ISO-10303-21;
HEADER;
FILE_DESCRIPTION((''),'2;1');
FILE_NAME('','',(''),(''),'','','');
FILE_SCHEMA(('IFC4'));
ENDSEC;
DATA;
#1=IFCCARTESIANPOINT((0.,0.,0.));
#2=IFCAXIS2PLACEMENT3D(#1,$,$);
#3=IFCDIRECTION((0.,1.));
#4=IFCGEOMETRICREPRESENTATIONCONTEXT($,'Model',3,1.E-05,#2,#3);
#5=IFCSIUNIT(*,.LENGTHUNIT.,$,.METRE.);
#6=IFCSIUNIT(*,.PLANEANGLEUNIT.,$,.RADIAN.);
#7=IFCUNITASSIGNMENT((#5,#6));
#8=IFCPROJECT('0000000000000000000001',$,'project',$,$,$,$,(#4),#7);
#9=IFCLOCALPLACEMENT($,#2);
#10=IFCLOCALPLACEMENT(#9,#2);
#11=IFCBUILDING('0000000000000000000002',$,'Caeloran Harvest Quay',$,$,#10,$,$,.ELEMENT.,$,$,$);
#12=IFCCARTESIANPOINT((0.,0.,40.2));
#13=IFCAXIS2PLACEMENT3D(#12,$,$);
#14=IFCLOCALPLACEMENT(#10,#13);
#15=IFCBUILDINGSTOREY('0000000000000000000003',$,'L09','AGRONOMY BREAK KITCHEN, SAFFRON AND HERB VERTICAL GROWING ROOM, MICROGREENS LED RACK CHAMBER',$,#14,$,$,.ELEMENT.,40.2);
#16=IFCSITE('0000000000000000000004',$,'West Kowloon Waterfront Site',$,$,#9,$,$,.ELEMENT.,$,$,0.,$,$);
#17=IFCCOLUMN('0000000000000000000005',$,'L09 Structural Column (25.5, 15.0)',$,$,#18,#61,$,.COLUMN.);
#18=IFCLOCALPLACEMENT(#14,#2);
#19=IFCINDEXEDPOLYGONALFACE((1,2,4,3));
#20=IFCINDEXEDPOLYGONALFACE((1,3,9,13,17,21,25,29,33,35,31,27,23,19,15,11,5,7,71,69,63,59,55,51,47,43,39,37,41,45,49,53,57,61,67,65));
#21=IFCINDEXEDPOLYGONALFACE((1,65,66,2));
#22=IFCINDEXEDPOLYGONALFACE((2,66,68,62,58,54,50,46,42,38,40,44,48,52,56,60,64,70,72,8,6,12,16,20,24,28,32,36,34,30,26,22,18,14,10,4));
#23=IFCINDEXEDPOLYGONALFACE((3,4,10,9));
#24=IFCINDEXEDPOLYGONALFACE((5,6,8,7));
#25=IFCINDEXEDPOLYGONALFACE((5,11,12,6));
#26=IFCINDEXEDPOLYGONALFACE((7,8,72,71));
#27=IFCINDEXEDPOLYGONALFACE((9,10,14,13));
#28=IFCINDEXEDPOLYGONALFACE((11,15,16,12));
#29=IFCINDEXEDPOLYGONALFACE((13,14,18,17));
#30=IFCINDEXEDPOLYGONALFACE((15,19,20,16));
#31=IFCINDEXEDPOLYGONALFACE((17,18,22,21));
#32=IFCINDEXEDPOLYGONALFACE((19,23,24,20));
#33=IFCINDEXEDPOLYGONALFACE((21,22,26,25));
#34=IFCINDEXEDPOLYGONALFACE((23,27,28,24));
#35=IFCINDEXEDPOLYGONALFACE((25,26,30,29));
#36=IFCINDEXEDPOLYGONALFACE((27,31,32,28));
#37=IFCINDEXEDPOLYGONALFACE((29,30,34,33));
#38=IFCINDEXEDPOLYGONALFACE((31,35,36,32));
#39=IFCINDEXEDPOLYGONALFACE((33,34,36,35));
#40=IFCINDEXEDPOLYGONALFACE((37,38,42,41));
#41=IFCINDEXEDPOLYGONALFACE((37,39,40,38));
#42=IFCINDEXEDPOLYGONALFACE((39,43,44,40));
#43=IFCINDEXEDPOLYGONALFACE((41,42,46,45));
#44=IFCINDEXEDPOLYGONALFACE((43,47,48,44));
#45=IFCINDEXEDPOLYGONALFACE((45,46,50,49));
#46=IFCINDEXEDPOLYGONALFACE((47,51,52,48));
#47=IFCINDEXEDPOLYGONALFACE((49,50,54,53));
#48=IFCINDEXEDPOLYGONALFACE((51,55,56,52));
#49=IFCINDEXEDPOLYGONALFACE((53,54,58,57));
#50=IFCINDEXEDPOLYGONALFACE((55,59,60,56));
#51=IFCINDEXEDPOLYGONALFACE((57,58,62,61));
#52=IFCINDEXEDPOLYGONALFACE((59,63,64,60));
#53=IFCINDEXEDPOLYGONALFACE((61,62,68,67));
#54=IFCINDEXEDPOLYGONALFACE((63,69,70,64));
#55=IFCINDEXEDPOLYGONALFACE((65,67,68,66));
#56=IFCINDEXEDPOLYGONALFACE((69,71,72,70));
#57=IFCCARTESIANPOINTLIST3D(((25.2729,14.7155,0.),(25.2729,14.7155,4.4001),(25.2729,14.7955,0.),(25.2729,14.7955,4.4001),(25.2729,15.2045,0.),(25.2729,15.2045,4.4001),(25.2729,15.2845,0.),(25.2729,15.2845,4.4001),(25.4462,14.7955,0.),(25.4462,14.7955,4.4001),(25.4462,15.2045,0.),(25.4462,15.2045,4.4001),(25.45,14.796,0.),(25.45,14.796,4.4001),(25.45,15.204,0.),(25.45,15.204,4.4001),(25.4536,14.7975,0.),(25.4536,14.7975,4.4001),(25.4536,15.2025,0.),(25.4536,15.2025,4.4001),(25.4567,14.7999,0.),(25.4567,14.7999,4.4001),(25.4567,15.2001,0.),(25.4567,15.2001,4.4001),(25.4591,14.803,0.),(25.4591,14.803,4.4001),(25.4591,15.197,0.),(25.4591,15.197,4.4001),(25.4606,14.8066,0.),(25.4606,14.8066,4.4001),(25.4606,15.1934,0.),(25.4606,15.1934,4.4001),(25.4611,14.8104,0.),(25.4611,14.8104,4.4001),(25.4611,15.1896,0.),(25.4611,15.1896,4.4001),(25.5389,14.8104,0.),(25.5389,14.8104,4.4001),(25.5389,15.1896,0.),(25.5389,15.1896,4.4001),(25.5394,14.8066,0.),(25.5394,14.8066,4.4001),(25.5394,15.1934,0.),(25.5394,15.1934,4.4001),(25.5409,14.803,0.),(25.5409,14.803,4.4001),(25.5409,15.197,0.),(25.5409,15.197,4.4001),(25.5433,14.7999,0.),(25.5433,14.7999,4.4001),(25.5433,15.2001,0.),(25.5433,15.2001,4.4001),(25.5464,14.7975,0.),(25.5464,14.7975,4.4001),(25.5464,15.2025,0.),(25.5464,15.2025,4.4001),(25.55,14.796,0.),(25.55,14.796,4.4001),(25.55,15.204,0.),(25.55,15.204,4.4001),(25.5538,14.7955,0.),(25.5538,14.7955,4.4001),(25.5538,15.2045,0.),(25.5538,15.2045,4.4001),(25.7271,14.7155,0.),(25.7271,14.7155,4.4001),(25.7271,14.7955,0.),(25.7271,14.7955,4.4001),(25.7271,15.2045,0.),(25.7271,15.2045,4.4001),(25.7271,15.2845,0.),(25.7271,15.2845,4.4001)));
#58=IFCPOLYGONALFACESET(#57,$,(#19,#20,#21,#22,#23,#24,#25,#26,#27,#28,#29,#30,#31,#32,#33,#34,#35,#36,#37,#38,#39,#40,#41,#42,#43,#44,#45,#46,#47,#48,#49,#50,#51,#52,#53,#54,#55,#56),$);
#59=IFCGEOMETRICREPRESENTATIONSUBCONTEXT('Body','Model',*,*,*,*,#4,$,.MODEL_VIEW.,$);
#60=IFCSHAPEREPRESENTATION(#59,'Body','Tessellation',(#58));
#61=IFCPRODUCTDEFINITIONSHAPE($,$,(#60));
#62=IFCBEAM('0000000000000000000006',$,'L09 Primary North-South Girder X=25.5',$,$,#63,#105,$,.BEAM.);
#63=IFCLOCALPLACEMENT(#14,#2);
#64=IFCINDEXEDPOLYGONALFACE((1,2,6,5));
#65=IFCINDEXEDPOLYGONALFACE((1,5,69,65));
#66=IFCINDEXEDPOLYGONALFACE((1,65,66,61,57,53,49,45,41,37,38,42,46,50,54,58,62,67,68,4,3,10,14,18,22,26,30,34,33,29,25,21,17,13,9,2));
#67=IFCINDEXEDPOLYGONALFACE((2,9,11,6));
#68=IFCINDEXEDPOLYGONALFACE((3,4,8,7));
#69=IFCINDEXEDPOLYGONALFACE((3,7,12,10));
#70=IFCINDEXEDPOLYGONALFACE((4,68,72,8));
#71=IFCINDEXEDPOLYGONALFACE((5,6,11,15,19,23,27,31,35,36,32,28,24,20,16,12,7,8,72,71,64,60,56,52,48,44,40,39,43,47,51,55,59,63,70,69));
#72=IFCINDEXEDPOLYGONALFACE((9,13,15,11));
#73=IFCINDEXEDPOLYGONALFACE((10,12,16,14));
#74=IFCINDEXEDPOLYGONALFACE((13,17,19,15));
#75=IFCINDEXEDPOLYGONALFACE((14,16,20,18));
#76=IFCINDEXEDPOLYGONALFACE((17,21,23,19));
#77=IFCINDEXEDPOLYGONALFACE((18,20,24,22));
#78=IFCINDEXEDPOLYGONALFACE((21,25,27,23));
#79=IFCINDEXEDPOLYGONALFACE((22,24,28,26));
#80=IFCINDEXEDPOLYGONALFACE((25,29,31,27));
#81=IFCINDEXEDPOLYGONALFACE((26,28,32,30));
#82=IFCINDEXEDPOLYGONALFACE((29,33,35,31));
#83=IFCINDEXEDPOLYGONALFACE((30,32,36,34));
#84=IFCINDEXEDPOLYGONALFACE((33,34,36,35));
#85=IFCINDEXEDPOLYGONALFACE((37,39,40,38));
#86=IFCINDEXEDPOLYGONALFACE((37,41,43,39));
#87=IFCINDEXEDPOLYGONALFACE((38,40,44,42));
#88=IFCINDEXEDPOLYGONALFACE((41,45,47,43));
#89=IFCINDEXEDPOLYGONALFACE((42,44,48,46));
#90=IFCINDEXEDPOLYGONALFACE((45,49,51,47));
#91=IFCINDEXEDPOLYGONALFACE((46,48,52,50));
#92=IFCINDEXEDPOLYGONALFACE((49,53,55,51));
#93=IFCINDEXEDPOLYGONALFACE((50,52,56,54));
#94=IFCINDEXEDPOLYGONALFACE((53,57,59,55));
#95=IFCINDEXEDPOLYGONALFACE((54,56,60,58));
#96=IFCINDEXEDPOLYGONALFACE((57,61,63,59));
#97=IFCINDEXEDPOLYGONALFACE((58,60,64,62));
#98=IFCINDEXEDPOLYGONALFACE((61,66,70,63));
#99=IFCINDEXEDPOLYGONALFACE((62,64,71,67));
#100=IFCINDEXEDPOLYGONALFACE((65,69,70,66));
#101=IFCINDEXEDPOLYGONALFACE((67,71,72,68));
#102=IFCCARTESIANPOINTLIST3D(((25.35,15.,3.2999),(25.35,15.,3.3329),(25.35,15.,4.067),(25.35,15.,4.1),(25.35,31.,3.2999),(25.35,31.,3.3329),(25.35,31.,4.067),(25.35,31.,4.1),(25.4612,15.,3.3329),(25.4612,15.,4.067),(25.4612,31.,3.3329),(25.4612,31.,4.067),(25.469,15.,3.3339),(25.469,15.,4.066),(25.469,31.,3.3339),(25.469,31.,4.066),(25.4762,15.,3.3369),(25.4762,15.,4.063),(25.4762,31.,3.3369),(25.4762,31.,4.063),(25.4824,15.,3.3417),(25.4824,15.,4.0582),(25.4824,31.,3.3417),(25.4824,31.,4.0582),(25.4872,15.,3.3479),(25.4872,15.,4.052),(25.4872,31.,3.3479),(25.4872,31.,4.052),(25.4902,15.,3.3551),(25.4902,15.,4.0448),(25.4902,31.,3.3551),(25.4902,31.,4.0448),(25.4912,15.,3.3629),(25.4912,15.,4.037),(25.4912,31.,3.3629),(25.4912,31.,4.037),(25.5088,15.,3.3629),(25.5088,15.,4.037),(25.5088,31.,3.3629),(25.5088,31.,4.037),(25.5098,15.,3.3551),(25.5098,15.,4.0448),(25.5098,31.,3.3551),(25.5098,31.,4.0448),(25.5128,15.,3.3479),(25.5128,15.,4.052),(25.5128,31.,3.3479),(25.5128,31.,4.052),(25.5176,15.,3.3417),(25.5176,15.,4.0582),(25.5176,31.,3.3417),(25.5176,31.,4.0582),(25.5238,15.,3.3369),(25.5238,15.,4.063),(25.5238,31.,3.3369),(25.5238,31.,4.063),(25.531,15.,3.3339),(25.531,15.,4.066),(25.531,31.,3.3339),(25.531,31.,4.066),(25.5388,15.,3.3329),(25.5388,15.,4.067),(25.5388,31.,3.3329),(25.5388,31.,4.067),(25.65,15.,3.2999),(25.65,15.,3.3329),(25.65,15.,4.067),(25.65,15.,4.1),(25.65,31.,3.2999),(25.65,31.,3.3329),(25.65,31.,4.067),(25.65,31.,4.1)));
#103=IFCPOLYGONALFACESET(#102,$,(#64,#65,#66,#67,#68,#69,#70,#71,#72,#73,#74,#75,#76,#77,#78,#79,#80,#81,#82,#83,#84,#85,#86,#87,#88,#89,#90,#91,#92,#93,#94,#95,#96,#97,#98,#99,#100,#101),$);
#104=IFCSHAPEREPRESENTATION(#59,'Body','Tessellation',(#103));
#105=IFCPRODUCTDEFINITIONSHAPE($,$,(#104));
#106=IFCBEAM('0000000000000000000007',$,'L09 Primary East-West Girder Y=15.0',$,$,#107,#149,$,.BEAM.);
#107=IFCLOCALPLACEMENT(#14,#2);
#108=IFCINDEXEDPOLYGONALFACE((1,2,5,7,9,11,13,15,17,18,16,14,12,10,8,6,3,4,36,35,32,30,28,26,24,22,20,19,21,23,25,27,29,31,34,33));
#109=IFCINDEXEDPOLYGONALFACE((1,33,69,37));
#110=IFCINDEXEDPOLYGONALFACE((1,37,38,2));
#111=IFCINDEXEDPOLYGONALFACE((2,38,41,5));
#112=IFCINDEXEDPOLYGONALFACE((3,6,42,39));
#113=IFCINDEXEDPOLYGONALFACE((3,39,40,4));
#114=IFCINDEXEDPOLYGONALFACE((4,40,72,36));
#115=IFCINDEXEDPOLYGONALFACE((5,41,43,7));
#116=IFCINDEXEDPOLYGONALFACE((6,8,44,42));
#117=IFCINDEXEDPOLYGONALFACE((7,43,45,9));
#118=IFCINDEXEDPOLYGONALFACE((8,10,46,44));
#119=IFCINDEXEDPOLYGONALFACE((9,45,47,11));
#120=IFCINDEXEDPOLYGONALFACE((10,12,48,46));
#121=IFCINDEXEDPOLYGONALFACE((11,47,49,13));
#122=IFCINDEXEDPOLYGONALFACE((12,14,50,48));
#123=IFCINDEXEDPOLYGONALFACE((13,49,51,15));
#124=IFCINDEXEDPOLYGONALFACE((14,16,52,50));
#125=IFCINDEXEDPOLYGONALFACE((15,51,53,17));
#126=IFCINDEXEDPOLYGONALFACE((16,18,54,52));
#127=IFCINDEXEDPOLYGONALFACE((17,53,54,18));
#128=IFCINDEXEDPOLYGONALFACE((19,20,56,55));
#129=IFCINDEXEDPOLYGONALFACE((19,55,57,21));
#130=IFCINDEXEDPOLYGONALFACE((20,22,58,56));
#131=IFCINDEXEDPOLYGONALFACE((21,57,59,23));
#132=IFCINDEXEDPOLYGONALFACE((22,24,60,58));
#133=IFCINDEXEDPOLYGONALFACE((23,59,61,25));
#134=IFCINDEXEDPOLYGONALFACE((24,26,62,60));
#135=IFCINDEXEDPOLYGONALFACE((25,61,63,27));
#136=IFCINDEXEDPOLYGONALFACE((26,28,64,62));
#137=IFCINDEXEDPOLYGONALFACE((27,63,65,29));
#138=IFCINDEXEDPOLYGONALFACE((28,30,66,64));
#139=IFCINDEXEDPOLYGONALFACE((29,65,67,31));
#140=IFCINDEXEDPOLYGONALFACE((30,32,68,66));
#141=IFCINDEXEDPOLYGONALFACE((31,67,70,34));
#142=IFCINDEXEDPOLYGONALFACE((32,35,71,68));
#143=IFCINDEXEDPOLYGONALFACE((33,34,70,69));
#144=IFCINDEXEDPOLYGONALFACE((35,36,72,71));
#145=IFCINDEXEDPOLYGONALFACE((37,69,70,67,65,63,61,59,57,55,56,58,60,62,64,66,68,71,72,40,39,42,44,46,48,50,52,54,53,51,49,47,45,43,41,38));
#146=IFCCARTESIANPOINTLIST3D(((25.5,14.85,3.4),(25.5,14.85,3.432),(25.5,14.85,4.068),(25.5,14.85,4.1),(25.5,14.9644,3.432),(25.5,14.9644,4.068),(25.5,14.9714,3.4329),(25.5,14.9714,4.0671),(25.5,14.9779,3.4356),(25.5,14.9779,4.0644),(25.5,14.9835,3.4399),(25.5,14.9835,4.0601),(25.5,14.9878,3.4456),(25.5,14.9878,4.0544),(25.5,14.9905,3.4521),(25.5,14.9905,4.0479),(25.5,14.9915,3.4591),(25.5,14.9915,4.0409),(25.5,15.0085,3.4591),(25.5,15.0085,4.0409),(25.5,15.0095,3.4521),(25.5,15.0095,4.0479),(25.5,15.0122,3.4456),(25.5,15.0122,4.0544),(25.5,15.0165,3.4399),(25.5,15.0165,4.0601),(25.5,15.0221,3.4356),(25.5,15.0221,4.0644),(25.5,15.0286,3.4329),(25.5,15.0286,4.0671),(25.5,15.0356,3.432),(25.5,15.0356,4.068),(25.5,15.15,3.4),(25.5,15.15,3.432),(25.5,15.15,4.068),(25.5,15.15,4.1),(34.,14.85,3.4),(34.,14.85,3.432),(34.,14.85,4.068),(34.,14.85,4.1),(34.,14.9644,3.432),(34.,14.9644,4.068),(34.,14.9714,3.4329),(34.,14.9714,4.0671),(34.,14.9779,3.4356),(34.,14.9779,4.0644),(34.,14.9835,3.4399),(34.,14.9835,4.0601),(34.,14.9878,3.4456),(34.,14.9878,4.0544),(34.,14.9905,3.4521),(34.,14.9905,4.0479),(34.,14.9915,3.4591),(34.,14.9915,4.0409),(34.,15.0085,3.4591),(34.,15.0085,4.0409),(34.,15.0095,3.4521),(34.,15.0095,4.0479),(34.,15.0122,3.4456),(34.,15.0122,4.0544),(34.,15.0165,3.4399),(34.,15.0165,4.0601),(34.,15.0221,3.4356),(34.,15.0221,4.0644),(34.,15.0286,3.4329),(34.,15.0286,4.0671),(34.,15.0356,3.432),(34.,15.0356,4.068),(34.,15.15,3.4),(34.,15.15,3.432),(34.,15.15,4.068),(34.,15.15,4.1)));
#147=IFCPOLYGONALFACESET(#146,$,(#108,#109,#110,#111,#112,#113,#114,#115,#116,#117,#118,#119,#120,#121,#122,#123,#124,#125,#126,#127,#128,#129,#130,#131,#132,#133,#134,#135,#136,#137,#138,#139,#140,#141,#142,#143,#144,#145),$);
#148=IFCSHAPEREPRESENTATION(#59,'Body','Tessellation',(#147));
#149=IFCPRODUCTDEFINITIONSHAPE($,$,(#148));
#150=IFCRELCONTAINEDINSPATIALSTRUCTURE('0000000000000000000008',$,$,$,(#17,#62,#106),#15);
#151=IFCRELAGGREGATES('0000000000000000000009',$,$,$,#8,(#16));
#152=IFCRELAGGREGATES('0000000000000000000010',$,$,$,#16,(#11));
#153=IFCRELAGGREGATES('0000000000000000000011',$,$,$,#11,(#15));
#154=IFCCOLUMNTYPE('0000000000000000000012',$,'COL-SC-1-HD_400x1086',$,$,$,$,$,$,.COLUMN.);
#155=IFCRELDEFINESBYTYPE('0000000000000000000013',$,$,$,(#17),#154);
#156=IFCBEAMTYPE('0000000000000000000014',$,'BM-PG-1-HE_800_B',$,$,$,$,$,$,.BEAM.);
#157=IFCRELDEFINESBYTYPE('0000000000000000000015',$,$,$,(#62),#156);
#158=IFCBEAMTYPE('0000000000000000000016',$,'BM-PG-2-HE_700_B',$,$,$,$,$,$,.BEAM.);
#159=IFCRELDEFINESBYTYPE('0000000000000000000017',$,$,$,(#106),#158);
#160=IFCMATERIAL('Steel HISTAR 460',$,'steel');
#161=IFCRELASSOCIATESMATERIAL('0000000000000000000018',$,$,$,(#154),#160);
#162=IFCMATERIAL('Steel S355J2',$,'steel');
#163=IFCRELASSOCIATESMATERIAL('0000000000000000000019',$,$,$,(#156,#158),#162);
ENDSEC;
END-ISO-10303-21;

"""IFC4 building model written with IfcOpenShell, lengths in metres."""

from ifc_helpers import new_model, si_unit, direction, frame, origin, origin_2d, place, context, subcontext, project, spatial, i_section, extrude, material, material_profile, profile_set, type_object, element, save


model = new_model("IFC4")

# Units and contexts
model_context = context("Model", 3, precision=1e-05, world=origin(), true_north=direction((0.0, 1.0)))
body_context = subcontext(model_context, "Body", "Model", "MODEL_VIEW")
ifc_project = project(units=[si_unit("LENGTHUNIT", "METRE"), si_unit("PLANEANGLEUNIT", "RADIAN")], contexts=[model_context])

# Site, building, storey
site_placement = place(None, origin())
site = spatial("IfcSite", under=ifc_project, at=site_placement, Name="West Kowloon Waterfront Site", CompositionType="ELEMENT", RefElevation=0.0)
building_placement = place(site_placement, origin())
building = spatial("IfcBuilding", under=site, at=building_placement, Name="Caeloran Harvest Quay", CompositionType="ELEMENT")
storey_placement = place(building_placement, frame((0.0, 0.0, 40.2)))
storey = spatial("IfcBuildingStorey", under=building, at=storey_placement, Name="L09", Description="AGRONOMY BREAK KITCHEN, SAFFRON AND HERB VERTICAL GROWING ROOM, MICROGREENS LED RACK CHAMBER", CompositionType="ELEMENT", Elevation=40.2)

# Column
ifc_material_1 = material(Name="Steel HISTAR 460", Category="steel")
ifc_material_profile_1 = material_profile(ifc_material_1, i_section(OverallWidth=0.4541, OverallDepth=0.5691, WebThickness=0.0779, FlangeThickness=0.0801, FilletRadius=0.0149, at=origin_2d()), Name="HD 400x1086")
ifc_profile_set_1 = profile_set([ifc_material_profile_1], Name="Steel HISTAR 460")
column_type = type_object("IfcColumnType", Name="COL-SC-1-HD_400x1086", PredefinedType="COLUMN", material=ifc_profile_set_1)
column_placement = place(storey_placement, frame((25.5, 15.0, 0.0), z_axis=(0.0, 0.0, 1.0), x_axis=(1.0, 0.0, 0.0)))
element("IfcColumn", 1, at=column_placement, inside=storey, type_object=column_type, Name="L09 Structural Column (25.5, 15.0)", PredefinedType="COLUMN", context=body_context, shape_type="SweptSolid", body=[
    extrude(i_section(OverallWidth=0.4541, OverallDepth=0.5691, WebThickness=0.0779, FlangeThickness=0.0801, FilletRadius=0.0149, at=origin_2d()), origin(), (0.0, 0.0, 1.0), 4.4001),
])

# Beams
ifc_material_2 = material(Name="Steel S355J2", Category="steel")
ifc_material_profile_2 = material_profile(ifc_material_2, i_section(OverallWidth=0.3, OverallDepth=0.8, WebThickness=0.0176, FlangeThickness=0.033, FilletRadius=0.03, at=origin_2d()), Name="HE 800 B")
ifc_profile_set_2 = profile_set([ifc_material_profile_2], Name="Steel S355J2")
beam_type_1 = type_object("IfcBeamType", Name="BM-PG-1-HE_800_B", PredefinedType="BEAM", material=ifc_profile_set_2)
beam_1_placement = place(storey_placement, frame((25.5, 15.0, 3.7), z_axis=(0.0, 1.0, 0.0), x_axis=(-1.0, 0.0, 0.0)))
element("IfcBeam", 2, at=beam_1_placement, inside=storey, type_object=beam_type_1, Name="L09 Primary North-South Girder X=25.5", PredefinedType="BEAM", context=body_context, shape_type="SweptSolid", body=[
    extrude(i_section(OverallWidth=0.3, OverallDepth=0.8, WebThickness=0.0176, FlangeThickness=0.033, FilletRadius=0.03, at=origin_2d()), origin(), (0.0, 0.0, 1.0), 16.0),
])
ifc_material_profile_3 = material_profile(ifc_material_2, i_section(OverallWidth=0.3, OverallDepth=0.7, WebThickness=0.0171, FlangeThickness=0.032, FilletRadius=0.0271, at=origin_2d()), Name="HE 700 B")
ifc_profile_set_3 = profile_set([ifc_material_profile_3], Name="Steel S355J2")
beam_type_2 = type_object("IfcBeamType", Name="BM-PG-2-HE_700_B", PredefinedType="BEAM", material=ifc_profile_set_3)
beam_2_placement = place(storey_placement, frame((25.5, 15.0, 3.75), z_axis=(1.0, 0.0, 0.0), x_axis=(0.0, 1.0, 0.0)))
element("IfcBeam", 3, at=beam_2_placement, inside=storey, type_object=beam_type_2, Name="L09 Primary East-West Girder Y=15.0", PredefinedType="BEAM", context=body_context, shape_type="SweptSolid", body=[
    extrude(i_section(OverallWidth=0.3, OverallDepth=0.7, WebThickness=0.0171, FlangeThickness=0.032, FilletRadius=0.0271, at=origin_2d()), origin(), (0.0, 0.0, 1.0), 8.5),
])

save(model, "model.ifc")
